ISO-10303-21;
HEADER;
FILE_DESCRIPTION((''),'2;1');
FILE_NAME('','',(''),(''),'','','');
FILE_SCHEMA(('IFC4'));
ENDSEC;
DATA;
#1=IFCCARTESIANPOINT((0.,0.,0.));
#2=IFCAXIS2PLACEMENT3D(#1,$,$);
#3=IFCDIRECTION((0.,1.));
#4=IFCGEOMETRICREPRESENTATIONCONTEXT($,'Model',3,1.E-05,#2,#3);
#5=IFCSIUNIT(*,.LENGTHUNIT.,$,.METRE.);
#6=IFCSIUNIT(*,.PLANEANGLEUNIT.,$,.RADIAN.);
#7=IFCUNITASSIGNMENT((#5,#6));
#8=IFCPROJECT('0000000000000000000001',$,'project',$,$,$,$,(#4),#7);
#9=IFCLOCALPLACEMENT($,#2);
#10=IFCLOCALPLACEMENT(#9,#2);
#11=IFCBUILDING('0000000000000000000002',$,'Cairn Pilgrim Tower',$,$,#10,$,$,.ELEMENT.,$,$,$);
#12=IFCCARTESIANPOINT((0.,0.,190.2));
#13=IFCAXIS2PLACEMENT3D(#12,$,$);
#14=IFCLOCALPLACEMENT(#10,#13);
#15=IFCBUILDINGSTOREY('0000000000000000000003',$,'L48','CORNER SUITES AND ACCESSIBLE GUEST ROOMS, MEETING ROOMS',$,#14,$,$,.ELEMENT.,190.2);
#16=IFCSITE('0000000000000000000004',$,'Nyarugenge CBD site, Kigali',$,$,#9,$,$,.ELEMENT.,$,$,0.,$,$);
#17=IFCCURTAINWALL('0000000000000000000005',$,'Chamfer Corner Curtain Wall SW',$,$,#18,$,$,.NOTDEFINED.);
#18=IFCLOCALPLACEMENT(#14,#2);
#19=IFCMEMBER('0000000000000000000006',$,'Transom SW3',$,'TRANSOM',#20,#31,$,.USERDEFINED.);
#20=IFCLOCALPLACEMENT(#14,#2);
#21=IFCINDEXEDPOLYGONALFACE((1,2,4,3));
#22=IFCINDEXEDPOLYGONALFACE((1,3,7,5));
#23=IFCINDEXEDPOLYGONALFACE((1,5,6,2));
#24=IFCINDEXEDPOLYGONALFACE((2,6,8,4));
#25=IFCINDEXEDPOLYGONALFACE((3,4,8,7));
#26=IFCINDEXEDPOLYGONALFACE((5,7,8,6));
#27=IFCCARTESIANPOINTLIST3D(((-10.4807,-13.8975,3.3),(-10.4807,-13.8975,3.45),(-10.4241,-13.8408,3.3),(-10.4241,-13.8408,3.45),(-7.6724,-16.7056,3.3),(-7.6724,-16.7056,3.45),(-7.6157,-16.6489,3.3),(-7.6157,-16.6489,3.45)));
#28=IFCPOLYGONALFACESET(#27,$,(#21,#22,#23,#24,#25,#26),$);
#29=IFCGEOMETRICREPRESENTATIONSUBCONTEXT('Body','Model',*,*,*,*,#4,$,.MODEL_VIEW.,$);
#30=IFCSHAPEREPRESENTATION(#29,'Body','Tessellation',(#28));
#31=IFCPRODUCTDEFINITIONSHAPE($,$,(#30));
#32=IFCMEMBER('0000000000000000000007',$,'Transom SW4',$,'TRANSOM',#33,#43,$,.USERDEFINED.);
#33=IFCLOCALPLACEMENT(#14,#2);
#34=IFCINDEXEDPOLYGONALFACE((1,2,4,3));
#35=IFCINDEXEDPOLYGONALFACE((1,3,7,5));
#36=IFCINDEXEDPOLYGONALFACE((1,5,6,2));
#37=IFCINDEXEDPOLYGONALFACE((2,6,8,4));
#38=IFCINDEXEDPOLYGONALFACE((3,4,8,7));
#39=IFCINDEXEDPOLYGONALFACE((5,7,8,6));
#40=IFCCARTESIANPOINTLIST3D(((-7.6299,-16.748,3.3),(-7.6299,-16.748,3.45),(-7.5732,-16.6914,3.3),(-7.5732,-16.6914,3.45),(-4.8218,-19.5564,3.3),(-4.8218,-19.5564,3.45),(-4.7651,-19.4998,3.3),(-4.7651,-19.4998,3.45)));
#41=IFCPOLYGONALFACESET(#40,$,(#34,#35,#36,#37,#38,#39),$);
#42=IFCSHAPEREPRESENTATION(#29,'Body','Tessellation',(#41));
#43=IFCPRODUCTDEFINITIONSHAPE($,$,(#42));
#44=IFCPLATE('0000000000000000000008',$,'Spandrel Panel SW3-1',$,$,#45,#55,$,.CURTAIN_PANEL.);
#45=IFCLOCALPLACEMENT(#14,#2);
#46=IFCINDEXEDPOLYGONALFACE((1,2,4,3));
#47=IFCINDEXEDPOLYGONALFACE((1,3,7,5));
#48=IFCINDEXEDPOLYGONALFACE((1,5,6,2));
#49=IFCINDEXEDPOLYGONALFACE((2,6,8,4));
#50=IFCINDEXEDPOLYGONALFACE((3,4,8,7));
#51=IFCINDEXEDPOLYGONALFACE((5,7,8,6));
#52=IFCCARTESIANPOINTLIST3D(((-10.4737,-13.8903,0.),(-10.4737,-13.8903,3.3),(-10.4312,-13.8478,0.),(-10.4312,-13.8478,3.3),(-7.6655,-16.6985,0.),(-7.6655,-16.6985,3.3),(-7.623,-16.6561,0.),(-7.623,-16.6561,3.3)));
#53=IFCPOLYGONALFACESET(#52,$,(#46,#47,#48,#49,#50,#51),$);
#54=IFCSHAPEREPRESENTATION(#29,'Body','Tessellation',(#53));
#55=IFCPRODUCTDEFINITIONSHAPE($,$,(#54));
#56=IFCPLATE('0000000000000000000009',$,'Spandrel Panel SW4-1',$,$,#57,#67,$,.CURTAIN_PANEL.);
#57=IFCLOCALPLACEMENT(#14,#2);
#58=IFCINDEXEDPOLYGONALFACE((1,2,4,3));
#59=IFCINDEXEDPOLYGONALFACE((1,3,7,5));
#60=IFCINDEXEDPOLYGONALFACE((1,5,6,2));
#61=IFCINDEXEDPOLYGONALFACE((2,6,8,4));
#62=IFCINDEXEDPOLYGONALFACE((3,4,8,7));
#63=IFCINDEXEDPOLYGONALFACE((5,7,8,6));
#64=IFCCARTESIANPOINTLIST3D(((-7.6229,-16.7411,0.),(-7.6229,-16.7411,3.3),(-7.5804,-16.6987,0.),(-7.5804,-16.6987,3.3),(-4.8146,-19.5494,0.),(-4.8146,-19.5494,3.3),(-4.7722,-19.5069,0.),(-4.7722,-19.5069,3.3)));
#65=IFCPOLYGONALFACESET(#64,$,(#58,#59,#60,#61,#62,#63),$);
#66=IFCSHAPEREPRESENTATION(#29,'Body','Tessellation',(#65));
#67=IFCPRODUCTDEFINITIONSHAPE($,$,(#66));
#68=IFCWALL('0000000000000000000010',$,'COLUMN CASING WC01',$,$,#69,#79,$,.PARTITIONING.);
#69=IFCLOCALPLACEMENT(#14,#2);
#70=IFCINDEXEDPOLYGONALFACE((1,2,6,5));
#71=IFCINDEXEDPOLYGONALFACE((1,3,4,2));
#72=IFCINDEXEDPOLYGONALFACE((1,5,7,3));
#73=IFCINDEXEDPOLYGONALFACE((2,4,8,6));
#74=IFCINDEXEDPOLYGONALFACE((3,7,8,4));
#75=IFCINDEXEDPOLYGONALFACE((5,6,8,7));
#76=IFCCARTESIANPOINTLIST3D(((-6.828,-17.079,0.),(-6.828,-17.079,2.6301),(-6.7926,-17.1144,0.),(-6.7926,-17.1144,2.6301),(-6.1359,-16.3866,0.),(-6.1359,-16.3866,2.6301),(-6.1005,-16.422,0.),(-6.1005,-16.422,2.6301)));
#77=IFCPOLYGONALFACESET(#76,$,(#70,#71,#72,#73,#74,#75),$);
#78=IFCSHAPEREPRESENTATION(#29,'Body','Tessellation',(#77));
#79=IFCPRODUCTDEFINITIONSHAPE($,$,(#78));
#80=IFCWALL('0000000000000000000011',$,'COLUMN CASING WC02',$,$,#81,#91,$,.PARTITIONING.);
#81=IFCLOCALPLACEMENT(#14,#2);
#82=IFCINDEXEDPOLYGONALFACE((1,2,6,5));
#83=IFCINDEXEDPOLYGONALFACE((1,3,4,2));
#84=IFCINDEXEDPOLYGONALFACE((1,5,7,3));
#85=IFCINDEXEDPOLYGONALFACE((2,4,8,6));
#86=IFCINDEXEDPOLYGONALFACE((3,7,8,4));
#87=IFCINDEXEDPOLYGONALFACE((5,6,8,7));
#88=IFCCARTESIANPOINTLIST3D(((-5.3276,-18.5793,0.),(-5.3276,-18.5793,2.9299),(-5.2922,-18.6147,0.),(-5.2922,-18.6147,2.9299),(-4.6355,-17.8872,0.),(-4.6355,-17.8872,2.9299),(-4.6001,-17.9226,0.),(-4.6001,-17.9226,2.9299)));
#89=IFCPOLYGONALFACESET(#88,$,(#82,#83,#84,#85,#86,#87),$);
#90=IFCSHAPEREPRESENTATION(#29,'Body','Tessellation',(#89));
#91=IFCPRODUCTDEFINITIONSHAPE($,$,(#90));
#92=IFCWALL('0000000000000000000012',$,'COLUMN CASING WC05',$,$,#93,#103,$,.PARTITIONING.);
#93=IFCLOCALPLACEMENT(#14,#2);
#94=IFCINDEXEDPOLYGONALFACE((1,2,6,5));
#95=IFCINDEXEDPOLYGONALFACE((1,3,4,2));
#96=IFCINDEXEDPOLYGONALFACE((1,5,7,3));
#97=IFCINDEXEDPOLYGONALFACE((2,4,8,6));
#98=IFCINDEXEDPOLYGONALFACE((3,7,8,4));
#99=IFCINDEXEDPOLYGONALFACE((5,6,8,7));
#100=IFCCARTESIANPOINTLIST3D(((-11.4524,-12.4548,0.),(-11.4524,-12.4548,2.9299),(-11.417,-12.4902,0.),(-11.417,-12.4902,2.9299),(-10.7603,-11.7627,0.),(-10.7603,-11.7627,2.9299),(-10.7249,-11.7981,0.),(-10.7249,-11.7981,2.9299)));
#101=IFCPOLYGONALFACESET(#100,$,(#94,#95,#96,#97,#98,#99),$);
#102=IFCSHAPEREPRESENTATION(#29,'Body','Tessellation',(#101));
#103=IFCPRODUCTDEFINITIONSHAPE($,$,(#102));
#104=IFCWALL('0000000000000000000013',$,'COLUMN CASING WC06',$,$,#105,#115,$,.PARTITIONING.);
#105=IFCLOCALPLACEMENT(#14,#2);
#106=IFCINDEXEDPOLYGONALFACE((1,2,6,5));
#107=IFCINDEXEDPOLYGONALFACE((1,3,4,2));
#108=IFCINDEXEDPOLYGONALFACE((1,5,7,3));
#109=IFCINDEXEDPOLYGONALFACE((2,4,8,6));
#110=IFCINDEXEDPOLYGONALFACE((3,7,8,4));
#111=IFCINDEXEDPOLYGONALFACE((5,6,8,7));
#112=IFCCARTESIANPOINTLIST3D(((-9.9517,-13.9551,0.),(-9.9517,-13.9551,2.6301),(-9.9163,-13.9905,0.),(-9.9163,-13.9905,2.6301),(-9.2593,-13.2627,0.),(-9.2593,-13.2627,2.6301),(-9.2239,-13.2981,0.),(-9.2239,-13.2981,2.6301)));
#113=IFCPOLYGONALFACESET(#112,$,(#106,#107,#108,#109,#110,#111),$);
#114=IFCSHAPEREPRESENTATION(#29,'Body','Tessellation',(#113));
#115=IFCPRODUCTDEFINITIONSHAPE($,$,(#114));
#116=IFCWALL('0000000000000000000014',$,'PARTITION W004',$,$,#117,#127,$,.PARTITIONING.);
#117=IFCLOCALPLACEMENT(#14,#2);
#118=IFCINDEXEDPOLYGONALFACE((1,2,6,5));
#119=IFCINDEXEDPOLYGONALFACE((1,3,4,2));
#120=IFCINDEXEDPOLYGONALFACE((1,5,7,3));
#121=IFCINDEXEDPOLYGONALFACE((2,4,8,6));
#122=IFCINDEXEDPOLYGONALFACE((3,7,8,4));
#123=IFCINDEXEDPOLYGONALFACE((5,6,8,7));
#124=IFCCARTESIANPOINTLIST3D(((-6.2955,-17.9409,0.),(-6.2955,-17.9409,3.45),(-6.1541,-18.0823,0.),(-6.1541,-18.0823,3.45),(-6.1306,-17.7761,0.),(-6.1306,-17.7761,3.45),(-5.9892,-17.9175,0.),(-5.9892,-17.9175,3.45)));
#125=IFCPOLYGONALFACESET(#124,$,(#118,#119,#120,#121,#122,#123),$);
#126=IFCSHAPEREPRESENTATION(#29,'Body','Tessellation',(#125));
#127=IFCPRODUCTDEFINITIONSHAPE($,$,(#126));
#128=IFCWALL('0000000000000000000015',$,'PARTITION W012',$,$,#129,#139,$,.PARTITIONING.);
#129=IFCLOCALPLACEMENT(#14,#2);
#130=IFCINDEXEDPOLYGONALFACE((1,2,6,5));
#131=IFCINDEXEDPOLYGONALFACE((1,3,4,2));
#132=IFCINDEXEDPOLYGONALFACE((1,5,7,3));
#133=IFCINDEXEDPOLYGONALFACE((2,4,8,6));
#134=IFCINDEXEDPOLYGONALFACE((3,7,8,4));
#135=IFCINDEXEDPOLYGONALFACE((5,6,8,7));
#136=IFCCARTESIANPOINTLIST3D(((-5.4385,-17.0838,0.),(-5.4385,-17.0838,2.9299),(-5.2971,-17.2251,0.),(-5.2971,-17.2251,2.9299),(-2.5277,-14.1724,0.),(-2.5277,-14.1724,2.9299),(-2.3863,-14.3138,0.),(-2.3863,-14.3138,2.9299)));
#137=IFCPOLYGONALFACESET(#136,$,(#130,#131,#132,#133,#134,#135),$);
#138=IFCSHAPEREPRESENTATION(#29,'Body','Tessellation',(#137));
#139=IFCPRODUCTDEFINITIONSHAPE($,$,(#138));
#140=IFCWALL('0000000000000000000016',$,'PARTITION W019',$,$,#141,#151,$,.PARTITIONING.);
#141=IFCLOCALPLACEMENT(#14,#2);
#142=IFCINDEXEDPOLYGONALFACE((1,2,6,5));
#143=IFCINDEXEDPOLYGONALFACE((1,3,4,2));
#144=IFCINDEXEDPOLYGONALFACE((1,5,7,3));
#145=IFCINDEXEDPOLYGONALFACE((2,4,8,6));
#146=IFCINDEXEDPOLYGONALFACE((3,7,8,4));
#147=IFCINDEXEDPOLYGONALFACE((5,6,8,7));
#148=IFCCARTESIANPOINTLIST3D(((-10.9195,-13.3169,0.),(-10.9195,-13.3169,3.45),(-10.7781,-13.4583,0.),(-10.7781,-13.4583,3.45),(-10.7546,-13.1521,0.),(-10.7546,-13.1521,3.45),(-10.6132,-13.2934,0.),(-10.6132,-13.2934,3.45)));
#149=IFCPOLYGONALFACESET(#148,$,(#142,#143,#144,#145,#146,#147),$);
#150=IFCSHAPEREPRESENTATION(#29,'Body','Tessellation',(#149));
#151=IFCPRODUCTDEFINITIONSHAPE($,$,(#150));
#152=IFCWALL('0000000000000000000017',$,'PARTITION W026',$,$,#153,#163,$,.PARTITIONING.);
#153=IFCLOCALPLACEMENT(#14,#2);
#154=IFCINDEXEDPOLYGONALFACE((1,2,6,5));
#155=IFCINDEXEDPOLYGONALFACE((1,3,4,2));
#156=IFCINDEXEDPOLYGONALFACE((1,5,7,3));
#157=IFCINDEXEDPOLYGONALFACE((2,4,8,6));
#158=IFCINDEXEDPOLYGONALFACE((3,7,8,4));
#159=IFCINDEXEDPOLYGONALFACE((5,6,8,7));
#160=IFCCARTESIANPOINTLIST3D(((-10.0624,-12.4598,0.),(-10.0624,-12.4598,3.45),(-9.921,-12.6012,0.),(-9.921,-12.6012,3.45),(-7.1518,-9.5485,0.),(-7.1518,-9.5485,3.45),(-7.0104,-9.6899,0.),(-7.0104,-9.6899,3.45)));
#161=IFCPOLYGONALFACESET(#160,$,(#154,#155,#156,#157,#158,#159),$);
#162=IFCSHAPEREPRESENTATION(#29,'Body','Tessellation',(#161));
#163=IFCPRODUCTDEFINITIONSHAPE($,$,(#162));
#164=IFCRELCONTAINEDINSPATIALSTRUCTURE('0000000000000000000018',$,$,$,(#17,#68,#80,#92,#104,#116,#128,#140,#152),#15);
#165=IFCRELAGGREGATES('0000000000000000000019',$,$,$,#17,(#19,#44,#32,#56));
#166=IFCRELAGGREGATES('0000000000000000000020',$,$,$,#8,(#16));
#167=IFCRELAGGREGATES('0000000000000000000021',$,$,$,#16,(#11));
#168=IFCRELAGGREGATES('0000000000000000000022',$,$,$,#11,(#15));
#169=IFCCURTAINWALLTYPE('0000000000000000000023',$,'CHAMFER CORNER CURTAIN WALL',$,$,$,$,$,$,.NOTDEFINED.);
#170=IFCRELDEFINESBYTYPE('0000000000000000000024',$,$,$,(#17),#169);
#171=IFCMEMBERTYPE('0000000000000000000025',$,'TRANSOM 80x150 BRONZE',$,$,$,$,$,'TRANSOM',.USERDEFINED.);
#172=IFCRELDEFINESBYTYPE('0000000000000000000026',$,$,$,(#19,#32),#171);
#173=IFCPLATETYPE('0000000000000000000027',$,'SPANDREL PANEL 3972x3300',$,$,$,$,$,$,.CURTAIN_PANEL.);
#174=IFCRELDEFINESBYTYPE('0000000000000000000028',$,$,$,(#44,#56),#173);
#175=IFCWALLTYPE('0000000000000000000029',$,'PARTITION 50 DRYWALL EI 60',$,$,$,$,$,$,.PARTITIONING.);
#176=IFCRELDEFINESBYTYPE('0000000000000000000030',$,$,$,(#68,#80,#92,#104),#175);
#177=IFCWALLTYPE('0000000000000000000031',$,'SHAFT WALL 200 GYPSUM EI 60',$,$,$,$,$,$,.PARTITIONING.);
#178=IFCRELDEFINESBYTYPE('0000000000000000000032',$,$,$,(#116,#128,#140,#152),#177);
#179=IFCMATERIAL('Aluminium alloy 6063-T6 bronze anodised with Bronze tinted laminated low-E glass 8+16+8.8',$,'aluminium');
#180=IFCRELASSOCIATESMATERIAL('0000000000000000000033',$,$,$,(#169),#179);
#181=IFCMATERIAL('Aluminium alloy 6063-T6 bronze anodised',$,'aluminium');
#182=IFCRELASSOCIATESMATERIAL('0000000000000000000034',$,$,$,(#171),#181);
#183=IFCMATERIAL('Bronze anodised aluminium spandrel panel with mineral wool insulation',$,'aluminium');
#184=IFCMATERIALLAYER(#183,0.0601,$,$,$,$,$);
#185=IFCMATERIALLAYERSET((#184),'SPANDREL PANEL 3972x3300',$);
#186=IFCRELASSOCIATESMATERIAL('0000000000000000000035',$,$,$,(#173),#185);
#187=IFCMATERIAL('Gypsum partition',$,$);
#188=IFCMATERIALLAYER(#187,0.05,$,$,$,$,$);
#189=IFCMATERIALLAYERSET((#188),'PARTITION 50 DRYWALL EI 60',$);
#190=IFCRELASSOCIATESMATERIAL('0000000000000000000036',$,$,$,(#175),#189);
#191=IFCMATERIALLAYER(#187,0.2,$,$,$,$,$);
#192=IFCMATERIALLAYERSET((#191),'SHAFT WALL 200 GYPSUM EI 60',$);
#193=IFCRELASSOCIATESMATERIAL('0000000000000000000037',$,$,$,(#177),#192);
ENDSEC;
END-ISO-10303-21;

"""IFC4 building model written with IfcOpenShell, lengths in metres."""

from ifc_helpers import new_model, si_unit, direction, frame, frame_2d, origin, origin_2d, place, context, subcontext, project, spatial, rectangle, extrude, material, layer, layer_set, material_profile, profile_set, type_object, element, aggregate, save


model = new_model("IFC4")

# Units and contexts
model_context = context("Model", 3, precision=1e-05, world=origin(), true_north=direction((0.0, 1.0)))
body_context = subcontext(model_context, "Body", "Model", "MODEL_VIEW")
ifc_project = project(units=[si_unit("LENGTHUNIT", "METRE"), si_unit("PLANEANGLEUNIT", "RADIAN")], contexts=[model_context])

# Site, building, storey
site_placement = place(None, origin())
site = spatial("IfcSite", under=ifc_project, at=site_placement, Name="Nyarugenge CBD site, Kigali", CompositionType="ELEMENT", RefElevation=0.0)
building_placement = place(site_placement, origin())
building = spatial("IfcBuilding", under=site, at=building_placement, Name="Cairn Pilgrim Tower", CompositionType="ELEMENT")
storey_placement = place(building_placement, frame((0.0, 0.0, 190.2)))
storey = spatial("IfcBuildingStorey", under=building, at=storey_placement, Name="L48", Description="CORNER SUITES AND ACCESSIBLE GUEST ROOMS, MEETING ROOMS", CompositionType="ELEMENT", Elevation=190.2)

# Curtain wall
ifc_material_1 = material(Name="Aluminium alloy 6063-T6 bronze anodised with Bronze tinted laminated low-E glass 8+16+8.8", Category="aluminium")
curtain_wall_type = type_object("IfcCurtainWallType", Name="CHAMFER CORNER CURTAIN WALL", PredefinedType="NOTDEFINED", material=ifc_material_1)
curtain_wall_placement = place(storey_placement, origin())
curtain_wall = element("IfcCurtainWall", 1, at=curtain_wall_placement, inside=storey, type_object=curtain_wall_type, Name="Chamfer Corner Curtain Wall SW", PredefinedType="NOTDEFINED")
ifc_material_2 = material(Name="Aluminium alloy 6063-T6 bronze anodised", Category="aluminium")

# Members
ifc_material_profile_1 = material_profile(ifc_material_2, rectangle(XDim=0.0801, YDim=0.1499, at=origin_2d()), Name="TRANSOM 80x150 BRONZE")
ifc_profile_set_1 = profile_set([ifc_material_profile_1], Name="Aluminium alloy 6063-T6 bronze anodised")
member_type_1 = type_object("IfcMemberType", Name="TRANSOM 80x150 BRONZE", ElementType="TRANSOM", PredefinedType="USERDEFINED", material=ifc_profile_set_1)
member_1_placement = place(storey_placement, frame((-10.4524, -13.8691, 3.375), z_axis=(0.707138, -0.707076, 0.0), x_axis=(0.707076, 0.707138, 0.0)))
member_1 = element("IfcMember", 2, at=member_1_placement, type_object=member_type_1, Name="Transom SW3", ObjectType="TRANSOM", PredefinedType="USERDEFINED", context=body_context, shape_type="SweptSolid", body=[
    extrude(rectangle(XDim=0.0801, YDim=0.1499, at=origin_2d()), origin(), (0.0, 0.0, 1.0), 3.9714),
])
member_2_placement = place(storey_placement, frame((-7.6016, -16.7197, 3.375), z_axis=(0.707076, -0.707138, 0.0), x_axis=(0.707138, 0.707076, 0.0)))
member_2 = element("IfcMember", 3, at=member_2_placement, type_object=member_type_1, Name="Transom SW4", ObjectType="TRANSOM", PredefinedType="USERDEFINED", context=body_context, shape_type="SweptSolid", body=[
    extrude(rectangle(XDim=0.0801, YDim=0.1499, at=origin_2d()), origin(), (0.0, 0.0, 1.0), 3.9714),
])

# Plates
ifc_material_3 = material(Name="Bronze anodised aluminium spandrel panel with mineral wool insulation", Category="aluminium")
ifc_layer_1 = layer(ifc_material_3, 0.0601)
ifc_layer_set_1 = layer_set([ifc_layer_1], Name="SPANDREL PANEL 3972x3300")
plate_type = type_object("IfcPlateType", Name="SPANDREL PANEL 3972x3300", PredefinedType="CURTAIN_PANEL", material=ifc_layer_set_1)
plate_1_placement = place(storey_placement, frame((-9.0483, -15.2732, 0.0), z_axis=(0.0, 0.0, 1.0), x_axis=(0.707107, -0.707107, 0.0)))
plate_1 = element("IfcPlate", 4, at=plate_1_placement, type_object=plate_type, Name="Spandrel Panel SW3-1", PredefinedType="CURTAIN_PANEL", context=body_context, shape_type="SweptSolid", body=[
    extrude(rectangle(XDim=3.9714, YDim=0.0601, at=origin_2d()), origin(), (0.0, 0.0, 1.0), 3.3),
])
plate_2_placement = place(storey_placement, frame((-6.1975, -18.124, 0.0), z_axis=(0.0, 0.0, 1.0), x_axis=(0.707107, -0.707107, 0.0)))
plate_2 = element("IfcPlate", 5, at=plate_2_placement, type_object=plate_type, Name="Spandrel Panel SW4-1", PredefinedType="CURTAIN_PANEL", context=body_context, shape_type="SweptSolid", body=[
    extrude(rectangle(XDim=3.9714, YDim=0.0601, at=origin_2d()), origin(), (0.0, 0.0, 1.0), 3.3),
])
aggregate(curtain_wall, [member_1, plate_1, member_2, plate_2])

# Walls
ifc_material_4 = material(Name="Gypsum partition")
ifc_layer_2 = layer(ifc_material_4, 0.05)
ifc_layer_set_2 = layer_set([ifc_layer_2], Name="PARTITION 50 DRYWALL EI 60")
wall_type_1 = type_object("IfcWallType", Name="PARTITION 50 DRYWALL EI 60", PredefinedType="PARTITIONING", material=ifc_layer_set_2)
wall_1_placement = place(storey_placement, frame((-6.8103, -17.0967, 0.0), z_axis=(0.0, 0.0, 1.0), x_axis=(0.706982, 0.707231, 0.0)))
element("IfcWall", 6, at=wall_1_placement, inside=storey, type_object=wall_type_1, Name="COLUMN CASING WC01", PredefinedType="PARTITIONING", context=body_context, shape_type="SweptSolid", body=[
    extrude(rectangle(XDim=0.979, YDim=0.05, at=frame_2d((0.4895, 0.0))), origin(), (0.0, 0.0, 1.0), 2.6301),
])
for number, where, z_axis, x_axis, name in (
    (7, (-5.3098, -18.5969, 0.0), (0.0, 0.0, 1.0), (0.707107, 0.707107, 0.0), "COLUMN CASING WC02"),
    (8, (-11.4346, -12.4724, 0.0), (0.0, 0.0, 1.0), (0.707107, 0.707107, 0.0), "COLUMN CASING WC05"),
):
    element("IfcWall", number, at=place(storey_placement, frame(where, z_axis=z_axis, x_axis=x_axis)), inside=storey, type_object=wall_type_1, Name=name, PredefinedType="PARTITIONING", context=body_context, shape_type="SweptSolid", body=[
        extrude(rectangle(XDim=0.9788, YDim=0.05, at=frame_2d((0.4893, 0.0))), origin(), (0.0, 0.0, 1.0), 2.9299),
    ])
wall_2_placement = place(storey_placement, frame((-9.9341, -13.9729, 0.0), z_axis=(0.0, 0.0, 1.0), x_axis=(0.707107, 0.707107, 0.0)))
element("IfcWall", 9, at=wall_2_placement, inside=storey, type_object=wall_type_1, Name="COLUMN CASING WC06", PredefinedType="PARTITIONING", context=body_context, shape_type="SweptSolid", body=[
    extrude(rectangle(XDim=0.9792, YDim=0.05, at=frame_2d((0.4897, 0.0))), origin(), (0.0, 0.0, 1.0), 2.6301),
])
ifc_layer_3 = layer(ifc_material_4, 0.2)
ifc_layer_set_3 = layer_set([ifc_layer_3], Name="SHAFT WALL 200 GYPSUM EI 60")
wall_type_2 = type_object("IfcWallType", Name="SHAFT WALL 200 GYPSUM EI 60", PredefinedType="PARTITIONING", material=ifc_layer_set_3)
wall_3_placement = place(storey_placement, frame((-6.2249, -18.0117, 0.0), z_axis=(0.0, 0.0, 1.0), x_axis=(0.707107, 0.707107, 0.0)))
element("IfcWall", 10, at=wall_3_placement, inside=storey, type_object=wall_type_2, Name="PARTITION W004", PredefinedType="PARTITIONING", context=body_context, shape_type="SweptSolid", body=[
    extrude(rectangle(XDim=0.2332, YDim=0.2, at=frame_2d((0.1167, 0.0))), origin(), (0.0, 0.0, 1.0), 3.45),
])
wall_4_placement = place(storey_placement, frame((-5.3679, -17.1545, 0.0), z_axis=(0.0, 0.0, 1.0), x_axis=(0.707047, 0.707166, 0.0)))
element("IfcWall", 11, at=wall_4_placement, inside=storey, type_object=wall_type_2, Name="PARTITION W012", PredefinedType="PARTITIONING", context=body_context, shape_type="SweptSolid", body=[
    extrude(rectangle(XDim=4.1169, YDim=0.2, at=frame_2d((2.0586, 0.0))), origin(), (0.0, 0.0, 1.0), 2.9299),
])
wall_5_placement = place(storey_placement, frame((-10.8489, -13.3877, 0.0), z_axis=(0.0, 0.0, 1.0), x_axis=(0.707107, 0.707107, 0.0)))
element("IfcWall", 12, at=wall_5_placement, inside=storey, type_object=wall_type_2, Name="PARTITION W019", PredefinedType="PARTITIONING", context=body_context, shape_type="SweptSolid", body=[
    extrude(rectangle(XDim=0.2332, YDim=0.2, at=frame_2d((0.1167, 0.0))), origin(), (0.0, 0.0, 1.0), 3.45),
])
wall_6_placement = place(storey_placement, frame((-9.9917, -12.5305, 0.0), z_axis=(0.0, 0.0, 1.0), x_axis=(0.707018, 0.707196, 0.0)))
element("IfcWall", 13, at=wall_6_placement, inside=storey, type_object=wall_type_2, Name="PARTITION W026", PredefinedType="PARTITIONING", context=body_context, shape_type="SweptSolid", body=[
    extrude(rectangle(XDim=4.1167, YDim=0.2, at=frame_2d((2.0583, 0.0))), origin(), (0.0, 0.0, 1.0), 3.45),
])

save(model, "model.ifc")
